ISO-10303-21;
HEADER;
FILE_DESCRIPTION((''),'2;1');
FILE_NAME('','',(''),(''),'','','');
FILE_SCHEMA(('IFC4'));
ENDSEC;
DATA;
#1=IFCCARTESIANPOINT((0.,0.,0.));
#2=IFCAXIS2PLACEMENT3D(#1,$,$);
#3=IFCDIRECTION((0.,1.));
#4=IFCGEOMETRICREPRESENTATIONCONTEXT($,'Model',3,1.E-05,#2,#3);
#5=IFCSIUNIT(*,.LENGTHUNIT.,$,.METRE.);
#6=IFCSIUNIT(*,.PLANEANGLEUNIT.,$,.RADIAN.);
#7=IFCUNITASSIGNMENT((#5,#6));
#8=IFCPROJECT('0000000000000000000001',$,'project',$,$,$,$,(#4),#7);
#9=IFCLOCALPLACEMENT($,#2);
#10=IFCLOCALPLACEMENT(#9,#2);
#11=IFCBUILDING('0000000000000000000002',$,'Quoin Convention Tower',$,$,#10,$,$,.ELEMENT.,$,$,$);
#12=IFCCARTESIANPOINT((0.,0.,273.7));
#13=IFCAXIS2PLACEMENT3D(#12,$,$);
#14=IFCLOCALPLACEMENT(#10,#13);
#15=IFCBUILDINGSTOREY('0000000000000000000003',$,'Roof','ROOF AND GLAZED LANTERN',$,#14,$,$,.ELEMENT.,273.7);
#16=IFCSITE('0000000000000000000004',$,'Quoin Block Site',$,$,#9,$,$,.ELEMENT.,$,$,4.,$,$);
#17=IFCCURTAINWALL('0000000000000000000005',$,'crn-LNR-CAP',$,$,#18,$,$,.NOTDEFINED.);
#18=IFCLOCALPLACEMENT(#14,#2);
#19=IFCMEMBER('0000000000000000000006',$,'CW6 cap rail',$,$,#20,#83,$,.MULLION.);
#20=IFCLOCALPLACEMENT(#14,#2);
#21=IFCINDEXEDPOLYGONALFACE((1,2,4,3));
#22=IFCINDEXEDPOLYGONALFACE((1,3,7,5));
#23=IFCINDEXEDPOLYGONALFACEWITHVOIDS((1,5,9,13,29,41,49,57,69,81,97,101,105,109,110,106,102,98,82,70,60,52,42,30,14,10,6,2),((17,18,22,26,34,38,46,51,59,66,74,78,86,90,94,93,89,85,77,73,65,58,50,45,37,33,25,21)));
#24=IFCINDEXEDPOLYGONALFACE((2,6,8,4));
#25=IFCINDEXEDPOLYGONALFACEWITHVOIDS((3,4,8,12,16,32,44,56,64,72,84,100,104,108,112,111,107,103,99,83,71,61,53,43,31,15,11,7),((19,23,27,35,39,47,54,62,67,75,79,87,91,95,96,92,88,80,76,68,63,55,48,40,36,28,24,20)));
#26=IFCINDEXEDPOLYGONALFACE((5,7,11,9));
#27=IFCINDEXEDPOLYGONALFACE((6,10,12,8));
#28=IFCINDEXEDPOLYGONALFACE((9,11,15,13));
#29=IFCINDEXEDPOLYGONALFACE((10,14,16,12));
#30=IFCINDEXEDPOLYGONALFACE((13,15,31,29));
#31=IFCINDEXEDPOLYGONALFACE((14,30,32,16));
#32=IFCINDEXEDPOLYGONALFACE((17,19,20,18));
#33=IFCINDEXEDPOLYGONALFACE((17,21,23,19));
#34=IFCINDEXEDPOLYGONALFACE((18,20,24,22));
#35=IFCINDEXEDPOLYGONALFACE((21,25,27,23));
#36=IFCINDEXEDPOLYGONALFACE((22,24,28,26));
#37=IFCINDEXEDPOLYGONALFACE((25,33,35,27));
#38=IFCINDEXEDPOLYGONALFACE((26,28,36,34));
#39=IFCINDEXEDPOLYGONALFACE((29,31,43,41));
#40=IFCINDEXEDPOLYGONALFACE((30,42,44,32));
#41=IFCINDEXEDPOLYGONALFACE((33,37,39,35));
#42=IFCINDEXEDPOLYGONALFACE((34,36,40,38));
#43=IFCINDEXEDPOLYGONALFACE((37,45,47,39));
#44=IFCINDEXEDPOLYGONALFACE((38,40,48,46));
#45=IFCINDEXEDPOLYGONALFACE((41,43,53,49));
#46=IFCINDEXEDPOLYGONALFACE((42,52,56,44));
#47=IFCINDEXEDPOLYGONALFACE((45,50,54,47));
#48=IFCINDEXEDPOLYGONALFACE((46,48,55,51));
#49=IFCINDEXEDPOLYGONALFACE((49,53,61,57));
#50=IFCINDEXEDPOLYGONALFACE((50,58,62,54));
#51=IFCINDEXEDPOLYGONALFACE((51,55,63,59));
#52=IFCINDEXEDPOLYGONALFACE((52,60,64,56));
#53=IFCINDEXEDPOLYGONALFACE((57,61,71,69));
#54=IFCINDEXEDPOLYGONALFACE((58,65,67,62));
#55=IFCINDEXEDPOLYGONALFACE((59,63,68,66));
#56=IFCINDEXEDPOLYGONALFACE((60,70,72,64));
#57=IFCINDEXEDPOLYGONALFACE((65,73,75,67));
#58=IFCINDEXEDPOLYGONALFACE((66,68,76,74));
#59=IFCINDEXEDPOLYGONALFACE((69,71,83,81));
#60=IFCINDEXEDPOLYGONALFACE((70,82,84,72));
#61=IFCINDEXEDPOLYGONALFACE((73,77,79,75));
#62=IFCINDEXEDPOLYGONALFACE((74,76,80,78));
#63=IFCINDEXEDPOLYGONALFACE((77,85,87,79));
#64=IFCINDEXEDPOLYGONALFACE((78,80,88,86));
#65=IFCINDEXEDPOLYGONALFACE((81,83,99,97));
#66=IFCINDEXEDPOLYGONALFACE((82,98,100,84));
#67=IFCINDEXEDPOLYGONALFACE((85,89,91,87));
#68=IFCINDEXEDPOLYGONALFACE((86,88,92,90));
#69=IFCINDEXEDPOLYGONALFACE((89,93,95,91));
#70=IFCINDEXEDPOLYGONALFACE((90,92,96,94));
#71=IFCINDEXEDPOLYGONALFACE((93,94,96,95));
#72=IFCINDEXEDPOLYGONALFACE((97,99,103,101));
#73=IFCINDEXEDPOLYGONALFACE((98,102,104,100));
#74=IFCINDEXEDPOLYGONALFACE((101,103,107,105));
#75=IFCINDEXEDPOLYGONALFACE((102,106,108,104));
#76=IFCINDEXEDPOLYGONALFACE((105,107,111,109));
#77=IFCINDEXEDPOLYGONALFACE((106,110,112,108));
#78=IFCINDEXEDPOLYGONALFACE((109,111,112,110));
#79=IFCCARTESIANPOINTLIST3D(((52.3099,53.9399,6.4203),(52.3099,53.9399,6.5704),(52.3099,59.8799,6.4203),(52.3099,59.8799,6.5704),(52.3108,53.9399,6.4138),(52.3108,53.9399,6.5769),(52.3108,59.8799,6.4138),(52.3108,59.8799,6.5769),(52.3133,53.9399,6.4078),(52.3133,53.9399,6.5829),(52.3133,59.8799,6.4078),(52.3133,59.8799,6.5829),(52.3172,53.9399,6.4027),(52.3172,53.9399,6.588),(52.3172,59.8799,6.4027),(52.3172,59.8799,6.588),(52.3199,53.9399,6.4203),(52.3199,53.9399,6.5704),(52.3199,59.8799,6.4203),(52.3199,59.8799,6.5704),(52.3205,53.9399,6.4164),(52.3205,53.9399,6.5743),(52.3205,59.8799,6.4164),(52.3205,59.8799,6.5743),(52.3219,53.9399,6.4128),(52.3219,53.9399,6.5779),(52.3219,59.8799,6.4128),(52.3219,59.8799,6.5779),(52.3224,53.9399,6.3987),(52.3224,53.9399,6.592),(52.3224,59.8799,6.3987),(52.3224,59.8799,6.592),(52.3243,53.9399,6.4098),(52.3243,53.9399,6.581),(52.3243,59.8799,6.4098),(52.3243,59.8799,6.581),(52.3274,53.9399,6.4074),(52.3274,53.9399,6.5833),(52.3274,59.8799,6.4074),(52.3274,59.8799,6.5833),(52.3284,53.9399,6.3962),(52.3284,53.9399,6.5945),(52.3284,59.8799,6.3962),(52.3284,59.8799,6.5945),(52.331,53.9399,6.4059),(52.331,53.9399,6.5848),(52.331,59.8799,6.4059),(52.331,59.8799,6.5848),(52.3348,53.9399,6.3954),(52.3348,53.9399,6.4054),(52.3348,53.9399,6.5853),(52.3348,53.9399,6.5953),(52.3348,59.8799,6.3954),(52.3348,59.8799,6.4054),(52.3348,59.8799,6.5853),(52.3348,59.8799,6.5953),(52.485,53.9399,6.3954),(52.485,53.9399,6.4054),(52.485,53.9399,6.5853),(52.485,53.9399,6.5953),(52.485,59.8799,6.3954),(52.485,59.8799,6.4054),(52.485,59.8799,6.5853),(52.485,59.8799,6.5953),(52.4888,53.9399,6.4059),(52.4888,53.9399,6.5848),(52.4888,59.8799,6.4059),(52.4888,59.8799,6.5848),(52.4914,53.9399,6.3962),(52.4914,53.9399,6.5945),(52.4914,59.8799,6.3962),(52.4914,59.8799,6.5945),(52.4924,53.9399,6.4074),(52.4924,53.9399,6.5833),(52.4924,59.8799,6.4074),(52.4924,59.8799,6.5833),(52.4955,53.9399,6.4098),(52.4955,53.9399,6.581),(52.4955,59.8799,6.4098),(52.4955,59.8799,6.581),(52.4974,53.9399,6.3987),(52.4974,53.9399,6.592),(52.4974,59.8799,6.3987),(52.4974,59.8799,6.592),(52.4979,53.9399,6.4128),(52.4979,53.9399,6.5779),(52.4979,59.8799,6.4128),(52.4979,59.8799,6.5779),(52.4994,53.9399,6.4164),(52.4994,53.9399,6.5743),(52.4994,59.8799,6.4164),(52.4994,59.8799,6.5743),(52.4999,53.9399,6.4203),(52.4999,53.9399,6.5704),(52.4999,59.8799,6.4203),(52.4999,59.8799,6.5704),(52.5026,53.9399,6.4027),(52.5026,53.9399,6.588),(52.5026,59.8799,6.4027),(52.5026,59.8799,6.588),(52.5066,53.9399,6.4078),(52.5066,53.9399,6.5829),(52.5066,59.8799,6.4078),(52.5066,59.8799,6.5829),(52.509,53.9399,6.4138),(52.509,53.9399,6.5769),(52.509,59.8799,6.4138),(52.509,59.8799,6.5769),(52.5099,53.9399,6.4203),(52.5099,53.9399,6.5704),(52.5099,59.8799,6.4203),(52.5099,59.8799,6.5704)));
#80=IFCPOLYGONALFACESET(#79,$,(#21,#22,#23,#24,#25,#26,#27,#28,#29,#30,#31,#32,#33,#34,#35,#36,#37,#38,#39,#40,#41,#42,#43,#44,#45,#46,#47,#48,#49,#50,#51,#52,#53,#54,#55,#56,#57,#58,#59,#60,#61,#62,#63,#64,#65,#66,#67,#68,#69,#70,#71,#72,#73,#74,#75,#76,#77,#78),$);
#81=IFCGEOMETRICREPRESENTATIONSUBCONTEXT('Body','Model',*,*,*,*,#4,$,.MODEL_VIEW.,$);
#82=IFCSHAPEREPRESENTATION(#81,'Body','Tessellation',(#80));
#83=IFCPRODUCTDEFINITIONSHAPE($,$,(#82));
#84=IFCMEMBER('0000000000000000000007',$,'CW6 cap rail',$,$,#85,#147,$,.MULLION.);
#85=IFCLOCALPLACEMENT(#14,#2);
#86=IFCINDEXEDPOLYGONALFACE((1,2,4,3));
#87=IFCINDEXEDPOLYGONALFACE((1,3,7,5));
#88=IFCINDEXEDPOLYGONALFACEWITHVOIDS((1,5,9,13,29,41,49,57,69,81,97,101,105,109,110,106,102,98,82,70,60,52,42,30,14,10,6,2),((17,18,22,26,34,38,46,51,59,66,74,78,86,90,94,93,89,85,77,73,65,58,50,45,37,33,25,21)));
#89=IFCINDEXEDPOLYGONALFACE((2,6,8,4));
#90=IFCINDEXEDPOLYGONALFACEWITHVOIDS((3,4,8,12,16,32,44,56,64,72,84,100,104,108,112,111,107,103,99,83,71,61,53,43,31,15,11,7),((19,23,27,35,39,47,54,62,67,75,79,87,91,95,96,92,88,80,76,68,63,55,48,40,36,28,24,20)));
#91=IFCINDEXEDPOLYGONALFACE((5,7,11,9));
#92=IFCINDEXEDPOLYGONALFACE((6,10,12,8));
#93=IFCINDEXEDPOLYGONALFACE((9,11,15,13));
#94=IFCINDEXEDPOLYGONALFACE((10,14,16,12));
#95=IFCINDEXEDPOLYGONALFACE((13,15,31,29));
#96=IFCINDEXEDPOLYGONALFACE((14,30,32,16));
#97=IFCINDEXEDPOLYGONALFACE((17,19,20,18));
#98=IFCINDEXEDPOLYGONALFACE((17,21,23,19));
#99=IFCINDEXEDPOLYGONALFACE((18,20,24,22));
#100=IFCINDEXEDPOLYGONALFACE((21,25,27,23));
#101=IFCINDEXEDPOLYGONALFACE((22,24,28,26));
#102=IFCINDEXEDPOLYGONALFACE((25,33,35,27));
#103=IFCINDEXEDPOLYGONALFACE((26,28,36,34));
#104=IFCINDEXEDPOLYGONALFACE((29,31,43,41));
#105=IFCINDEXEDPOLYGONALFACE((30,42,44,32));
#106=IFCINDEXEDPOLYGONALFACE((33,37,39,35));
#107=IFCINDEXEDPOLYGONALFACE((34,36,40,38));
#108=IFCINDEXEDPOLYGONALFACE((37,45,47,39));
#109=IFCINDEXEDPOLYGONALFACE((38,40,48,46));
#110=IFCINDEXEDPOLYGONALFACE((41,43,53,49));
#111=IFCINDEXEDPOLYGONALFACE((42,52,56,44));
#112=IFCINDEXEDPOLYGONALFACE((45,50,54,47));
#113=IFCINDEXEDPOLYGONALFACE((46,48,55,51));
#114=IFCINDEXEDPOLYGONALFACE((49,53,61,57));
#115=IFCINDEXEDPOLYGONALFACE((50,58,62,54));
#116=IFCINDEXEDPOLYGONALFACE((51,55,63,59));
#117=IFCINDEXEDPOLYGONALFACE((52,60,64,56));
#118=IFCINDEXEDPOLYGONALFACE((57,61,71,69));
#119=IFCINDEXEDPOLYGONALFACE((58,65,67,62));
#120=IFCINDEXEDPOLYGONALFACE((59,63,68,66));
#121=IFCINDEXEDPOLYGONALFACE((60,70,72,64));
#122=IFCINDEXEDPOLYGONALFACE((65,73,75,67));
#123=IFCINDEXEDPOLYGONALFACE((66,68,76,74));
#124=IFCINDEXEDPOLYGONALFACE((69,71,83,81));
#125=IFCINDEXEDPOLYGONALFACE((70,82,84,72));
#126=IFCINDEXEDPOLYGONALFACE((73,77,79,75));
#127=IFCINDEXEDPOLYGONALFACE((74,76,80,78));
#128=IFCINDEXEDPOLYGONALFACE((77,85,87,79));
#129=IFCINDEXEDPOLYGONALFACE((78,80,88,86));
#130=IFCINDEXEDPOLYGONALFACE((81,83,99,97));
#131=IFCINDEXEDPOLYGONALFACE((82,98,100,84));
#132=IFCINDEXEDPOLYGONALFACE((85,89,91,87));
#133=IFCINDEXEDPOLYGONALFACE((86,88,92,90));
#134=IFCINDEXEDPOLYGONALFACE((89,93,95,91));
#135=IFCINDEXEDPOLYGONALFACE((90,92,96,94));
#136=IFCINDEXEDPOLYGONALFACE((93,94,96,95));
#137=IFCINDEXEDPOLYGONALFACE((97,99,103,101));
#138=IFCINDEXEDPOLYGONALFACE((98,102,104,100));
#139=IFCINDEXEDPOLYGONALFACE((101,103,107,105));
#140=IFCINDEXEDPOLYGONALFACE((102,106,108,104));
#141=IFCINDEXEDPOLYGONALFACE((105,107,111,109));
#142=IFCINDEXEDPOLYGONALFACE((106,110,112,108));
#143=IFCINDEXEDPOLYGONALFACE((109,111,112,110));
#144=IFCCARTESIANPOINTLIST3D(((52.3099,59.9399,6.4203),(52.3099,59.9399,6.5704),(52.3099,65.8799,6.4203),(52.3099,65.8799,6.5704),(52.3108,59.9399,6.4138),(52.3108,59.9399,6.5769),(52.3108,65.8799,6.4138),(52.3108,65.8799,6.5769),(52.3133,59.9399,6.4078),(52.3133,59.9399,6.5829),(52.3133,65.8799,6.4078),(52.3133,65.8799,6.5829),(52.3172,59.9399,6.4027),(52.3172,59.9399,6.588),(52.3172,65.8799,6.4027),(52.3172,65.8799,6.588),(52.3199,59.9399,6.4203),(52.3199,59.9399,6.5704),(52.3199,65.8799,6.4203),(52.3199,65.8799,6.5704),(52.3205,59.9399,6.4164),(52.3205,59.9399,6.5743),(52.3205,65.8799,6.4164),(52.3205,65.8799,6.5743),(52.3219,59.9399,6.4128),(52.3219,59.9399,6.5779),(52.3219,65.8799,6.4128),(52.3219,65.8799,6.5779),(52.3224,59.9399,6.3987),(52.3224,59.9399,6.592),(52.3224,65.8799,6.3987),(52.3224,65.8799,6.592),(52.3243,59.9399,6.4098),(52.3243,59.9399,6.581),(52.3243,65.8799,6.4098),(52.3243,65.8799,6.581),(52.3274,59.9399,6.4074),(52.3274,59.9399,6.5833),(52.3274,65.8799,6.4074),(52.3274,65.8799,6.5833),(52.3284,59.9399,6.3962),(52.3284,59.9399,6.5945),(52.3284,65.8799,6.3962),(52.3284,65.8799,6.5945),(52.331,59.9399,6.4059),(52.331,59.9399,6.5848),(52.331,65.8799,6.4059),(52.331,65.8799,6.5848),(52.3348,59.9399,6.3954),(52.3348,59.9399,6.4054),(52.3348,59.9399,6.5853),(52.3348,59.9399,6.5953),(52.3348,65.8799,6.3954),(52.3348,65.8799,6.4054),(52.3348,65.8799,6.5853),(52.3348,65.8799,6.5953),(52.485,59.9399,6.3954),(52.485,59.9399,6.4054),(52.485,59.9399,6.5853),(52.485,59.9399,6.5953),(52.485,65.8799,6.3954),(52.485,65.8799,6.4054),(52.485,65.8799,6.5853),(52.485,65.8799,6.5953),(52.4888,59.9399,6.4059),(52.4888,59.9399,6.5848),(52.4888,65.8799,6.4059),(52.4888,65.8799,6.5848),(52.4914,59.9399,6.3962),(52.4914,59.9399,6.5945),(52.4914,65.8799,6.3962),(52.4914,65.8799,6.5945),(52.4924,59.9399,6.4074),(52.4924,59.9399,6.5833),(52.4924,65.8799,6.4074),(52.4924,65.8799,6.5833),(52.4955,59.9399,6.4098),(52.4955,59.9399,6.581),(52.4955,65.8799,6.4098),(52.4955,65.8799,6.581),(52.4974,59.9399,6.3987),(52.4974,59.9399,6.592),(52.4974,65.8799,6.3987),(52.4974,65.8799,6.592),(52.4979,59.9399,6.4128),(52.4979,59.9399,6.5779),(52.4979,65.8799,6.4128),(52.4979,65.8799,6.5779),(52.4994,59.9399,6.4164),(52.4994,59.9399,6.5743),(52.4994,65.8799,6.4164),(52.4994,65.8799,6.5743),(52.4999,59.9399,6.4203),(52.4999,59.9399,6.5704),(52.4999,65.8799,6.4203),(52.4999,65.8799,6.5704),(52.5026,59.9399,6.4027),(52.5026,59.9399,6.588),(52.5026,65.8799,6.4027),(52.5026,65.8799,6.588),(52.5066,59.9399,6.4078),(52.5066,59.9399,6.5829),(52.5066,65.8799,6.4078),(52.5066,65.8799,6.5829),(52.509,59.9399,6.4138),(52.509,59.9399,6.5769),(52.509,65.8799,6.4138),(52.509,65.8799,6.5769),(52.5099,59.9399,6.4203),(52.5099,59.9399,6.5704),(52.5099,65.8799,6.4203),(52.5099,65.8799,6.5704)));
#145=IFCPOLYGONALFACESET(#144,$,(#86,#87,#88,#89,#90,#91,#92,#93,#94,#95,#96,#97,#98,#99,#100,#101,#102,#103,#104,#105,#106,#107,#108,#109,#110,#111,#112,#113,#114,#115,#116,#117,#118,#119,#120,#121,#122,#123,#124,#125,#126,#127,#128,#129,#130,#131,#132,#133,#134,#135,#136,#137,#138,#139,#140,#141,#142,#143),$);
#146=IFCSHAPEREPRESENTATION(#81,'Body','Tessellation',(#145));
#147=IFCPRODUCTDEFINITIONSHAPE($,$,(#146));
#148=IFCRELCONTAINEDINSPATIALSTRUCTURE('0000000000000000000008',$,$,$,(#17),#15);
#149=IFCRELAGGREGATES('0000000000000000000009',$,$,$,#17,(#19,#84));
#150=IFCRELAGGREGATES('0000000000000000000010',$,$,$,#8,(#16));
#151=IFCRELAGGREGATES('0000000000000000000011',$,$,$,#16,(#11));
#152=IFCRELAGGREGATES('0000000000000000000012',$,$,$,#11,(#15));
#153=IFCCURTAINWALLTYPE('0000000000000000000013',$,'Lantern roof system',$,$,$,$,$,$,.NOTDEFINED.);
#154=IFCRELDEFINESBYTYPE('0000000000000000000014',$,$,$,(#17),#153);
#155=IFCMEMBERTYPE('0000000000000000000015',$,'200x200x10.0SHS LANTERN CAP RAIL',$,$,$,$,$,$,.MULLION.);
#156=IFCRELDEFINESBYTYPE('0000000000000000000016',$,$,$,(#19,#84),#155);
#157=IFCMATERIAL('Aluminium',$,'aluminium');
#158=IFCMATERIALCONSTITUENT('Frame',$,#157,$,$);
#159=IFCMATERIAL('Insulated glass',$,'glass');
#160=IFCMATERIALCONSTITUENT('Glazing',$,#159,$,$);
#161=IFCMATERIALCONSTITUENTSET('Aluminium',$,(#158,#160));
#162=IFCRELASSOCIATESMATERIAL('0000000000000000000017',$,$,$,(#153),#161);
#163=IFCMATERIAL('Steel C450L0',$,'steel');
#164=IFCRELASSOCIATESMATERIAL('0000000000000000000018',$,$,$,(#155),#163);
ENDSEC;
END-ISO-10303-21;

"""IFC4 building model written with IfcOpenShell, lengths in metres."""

from ifc_helpers import new_model, si_unit, direction, frame, origin, origin_2d, place, context, subcontext, project, spatial, hollow_rectangle, extrude, material, constituent, constituent_set, material_profile, profile_set, type_object, element, aggregate, save


model = new_model("IFC4")

# Units and contexts
model_context = context("Model", 3, precision=1e-05, world=origin(), true_north=direction((0.0, 1.0)))
body_context = subcontext(model_context, "Body", "Model", "MODEL_VIEW")
ifc_project = project(units=[si_unit("LENGTHUNIT", "METRE"), si_unit("PLANEANGLEUNIT", "RADIAN")], contexts=[model_context])

# Site, building, storey
site_placement = place(None, origin())
site = spatial("IfcSite", under=ifc_project, at=site_placement, Name="Quoin Block Site", CompositionType="ELEMENT", RefElevation=4.0)
building_placement = place(site_placement, origin())
building = spatial("IfcBuilding", under=site, at=building_placement, Name="Quoin Convention Tower", CompositionType="ELEMENT")
storey_placement = place(building_placement, frame((0.0, 0.0, 273.7)))
storey = spatial("IfcBuildingStorey", under=building, at=storey_placement, Name="Roof", Description="ROOF AND GLAZED LANTERN", CompositionType="ELEMENT", Elevation=273.7)

# Curtain wall, members
ifc_material_1 = material(Name="Aluminium", Category="aluminium")
ifc_constituent_1 = constituent(ifc_material_1, Name="Frame")
ifc_material_2 = material(Name="Insulated glass", Category="glass")
ifc_constituent_2 = constituent(ifc_material_2, Name="Glazing")
ifc_constituent_set = constituent_set(constituents=[ifc_constituent_1, ifc_constituent_2], Name="Aluminium")
curtain_wall_type = type_object("IfcCurtainWallType", Name="Lantern roof system", PredefinedType="NOTDEFINED", material=ifc_constituent_set)
curtain_wall_placement = place(storey_placement, origin())
curtain_wall = element("IfcCurtainWall", 1, at=curtain_wall_placement, inside=storey, type_object=curtain_wall_type, Name="crn-LNR-CAP", PredefinedType="NOTDEFINED")
ifc_material_3 = material(Name="Steel C450L0", Category="steel")
ifc_material_profile_1 = material_profile(ifc_material_3, hollow_rectangle(XDim=0.2, YDim=0.2, WallThickness=0.01, InnerFilletRadius=0.0149, OuterFilletRadius=0.0249, at=origin_2d()), Name="200x200x10.0SHS")
ifc_profile_set_1 = profile_set([ifc_material_profile_1], Name="Steel C450L0")
member_type_1 = type_object("IfcMemberType", Name="200x200x10.0SHS LANTERN CAP RAIL", PredefinedType="MULLION", material=ifc_profile_set_1)
member_1_placement = place(storey_placement, frame((52.4099, 53.9399, 6.4954), z_axis=(0.0, 1.0, 0.0), x_axis=(-1.0, 0.0, 0.0)))
member_1 = element("IfcMember", 2, at=member_1_placement, type_object=member_type_1, Name="CW6 cap rail", PredefinedType="MULLION", context=body_context, shape_type="SweptSolid", body=[
    extrude(hollow_rectangle(XDim=0.2, YDim=0.2, WallThickness=0.01, InnerFilletRadius=0.0149, OuterFilletRadius=0.0249, at=origin_2d()), origin(), (0.0, 0.0, 1.0), 5.9399),
])
member_2_placement = place(storey_placement, frame((52.4099, 59.9399, 6.4954), z_axis=(0.0, 1.0, 0.0), x_axis=(-1.0, 0.0, 0.0)))
member_2 = element("IfcMember", 3, at=member_2_placement, type_object=member_type_1, Name="CW6 cap rail", PredefinedType="MULLION", context=body_context, shape_type="SweptSolid", body=[
    extrude(hollow_rectangle(XDim=0.2, YDim=0.2, WallThickness=0.01, InnerFilletRadius=0.0149, OuterFilletRadius=0.0249, at=origin_2d()), origin(), (0.0, 0.0, 1.0), 5.9399),
])
aggregate(curtain_wall, [member_1, member_2])

save(model, "model.ifc")
